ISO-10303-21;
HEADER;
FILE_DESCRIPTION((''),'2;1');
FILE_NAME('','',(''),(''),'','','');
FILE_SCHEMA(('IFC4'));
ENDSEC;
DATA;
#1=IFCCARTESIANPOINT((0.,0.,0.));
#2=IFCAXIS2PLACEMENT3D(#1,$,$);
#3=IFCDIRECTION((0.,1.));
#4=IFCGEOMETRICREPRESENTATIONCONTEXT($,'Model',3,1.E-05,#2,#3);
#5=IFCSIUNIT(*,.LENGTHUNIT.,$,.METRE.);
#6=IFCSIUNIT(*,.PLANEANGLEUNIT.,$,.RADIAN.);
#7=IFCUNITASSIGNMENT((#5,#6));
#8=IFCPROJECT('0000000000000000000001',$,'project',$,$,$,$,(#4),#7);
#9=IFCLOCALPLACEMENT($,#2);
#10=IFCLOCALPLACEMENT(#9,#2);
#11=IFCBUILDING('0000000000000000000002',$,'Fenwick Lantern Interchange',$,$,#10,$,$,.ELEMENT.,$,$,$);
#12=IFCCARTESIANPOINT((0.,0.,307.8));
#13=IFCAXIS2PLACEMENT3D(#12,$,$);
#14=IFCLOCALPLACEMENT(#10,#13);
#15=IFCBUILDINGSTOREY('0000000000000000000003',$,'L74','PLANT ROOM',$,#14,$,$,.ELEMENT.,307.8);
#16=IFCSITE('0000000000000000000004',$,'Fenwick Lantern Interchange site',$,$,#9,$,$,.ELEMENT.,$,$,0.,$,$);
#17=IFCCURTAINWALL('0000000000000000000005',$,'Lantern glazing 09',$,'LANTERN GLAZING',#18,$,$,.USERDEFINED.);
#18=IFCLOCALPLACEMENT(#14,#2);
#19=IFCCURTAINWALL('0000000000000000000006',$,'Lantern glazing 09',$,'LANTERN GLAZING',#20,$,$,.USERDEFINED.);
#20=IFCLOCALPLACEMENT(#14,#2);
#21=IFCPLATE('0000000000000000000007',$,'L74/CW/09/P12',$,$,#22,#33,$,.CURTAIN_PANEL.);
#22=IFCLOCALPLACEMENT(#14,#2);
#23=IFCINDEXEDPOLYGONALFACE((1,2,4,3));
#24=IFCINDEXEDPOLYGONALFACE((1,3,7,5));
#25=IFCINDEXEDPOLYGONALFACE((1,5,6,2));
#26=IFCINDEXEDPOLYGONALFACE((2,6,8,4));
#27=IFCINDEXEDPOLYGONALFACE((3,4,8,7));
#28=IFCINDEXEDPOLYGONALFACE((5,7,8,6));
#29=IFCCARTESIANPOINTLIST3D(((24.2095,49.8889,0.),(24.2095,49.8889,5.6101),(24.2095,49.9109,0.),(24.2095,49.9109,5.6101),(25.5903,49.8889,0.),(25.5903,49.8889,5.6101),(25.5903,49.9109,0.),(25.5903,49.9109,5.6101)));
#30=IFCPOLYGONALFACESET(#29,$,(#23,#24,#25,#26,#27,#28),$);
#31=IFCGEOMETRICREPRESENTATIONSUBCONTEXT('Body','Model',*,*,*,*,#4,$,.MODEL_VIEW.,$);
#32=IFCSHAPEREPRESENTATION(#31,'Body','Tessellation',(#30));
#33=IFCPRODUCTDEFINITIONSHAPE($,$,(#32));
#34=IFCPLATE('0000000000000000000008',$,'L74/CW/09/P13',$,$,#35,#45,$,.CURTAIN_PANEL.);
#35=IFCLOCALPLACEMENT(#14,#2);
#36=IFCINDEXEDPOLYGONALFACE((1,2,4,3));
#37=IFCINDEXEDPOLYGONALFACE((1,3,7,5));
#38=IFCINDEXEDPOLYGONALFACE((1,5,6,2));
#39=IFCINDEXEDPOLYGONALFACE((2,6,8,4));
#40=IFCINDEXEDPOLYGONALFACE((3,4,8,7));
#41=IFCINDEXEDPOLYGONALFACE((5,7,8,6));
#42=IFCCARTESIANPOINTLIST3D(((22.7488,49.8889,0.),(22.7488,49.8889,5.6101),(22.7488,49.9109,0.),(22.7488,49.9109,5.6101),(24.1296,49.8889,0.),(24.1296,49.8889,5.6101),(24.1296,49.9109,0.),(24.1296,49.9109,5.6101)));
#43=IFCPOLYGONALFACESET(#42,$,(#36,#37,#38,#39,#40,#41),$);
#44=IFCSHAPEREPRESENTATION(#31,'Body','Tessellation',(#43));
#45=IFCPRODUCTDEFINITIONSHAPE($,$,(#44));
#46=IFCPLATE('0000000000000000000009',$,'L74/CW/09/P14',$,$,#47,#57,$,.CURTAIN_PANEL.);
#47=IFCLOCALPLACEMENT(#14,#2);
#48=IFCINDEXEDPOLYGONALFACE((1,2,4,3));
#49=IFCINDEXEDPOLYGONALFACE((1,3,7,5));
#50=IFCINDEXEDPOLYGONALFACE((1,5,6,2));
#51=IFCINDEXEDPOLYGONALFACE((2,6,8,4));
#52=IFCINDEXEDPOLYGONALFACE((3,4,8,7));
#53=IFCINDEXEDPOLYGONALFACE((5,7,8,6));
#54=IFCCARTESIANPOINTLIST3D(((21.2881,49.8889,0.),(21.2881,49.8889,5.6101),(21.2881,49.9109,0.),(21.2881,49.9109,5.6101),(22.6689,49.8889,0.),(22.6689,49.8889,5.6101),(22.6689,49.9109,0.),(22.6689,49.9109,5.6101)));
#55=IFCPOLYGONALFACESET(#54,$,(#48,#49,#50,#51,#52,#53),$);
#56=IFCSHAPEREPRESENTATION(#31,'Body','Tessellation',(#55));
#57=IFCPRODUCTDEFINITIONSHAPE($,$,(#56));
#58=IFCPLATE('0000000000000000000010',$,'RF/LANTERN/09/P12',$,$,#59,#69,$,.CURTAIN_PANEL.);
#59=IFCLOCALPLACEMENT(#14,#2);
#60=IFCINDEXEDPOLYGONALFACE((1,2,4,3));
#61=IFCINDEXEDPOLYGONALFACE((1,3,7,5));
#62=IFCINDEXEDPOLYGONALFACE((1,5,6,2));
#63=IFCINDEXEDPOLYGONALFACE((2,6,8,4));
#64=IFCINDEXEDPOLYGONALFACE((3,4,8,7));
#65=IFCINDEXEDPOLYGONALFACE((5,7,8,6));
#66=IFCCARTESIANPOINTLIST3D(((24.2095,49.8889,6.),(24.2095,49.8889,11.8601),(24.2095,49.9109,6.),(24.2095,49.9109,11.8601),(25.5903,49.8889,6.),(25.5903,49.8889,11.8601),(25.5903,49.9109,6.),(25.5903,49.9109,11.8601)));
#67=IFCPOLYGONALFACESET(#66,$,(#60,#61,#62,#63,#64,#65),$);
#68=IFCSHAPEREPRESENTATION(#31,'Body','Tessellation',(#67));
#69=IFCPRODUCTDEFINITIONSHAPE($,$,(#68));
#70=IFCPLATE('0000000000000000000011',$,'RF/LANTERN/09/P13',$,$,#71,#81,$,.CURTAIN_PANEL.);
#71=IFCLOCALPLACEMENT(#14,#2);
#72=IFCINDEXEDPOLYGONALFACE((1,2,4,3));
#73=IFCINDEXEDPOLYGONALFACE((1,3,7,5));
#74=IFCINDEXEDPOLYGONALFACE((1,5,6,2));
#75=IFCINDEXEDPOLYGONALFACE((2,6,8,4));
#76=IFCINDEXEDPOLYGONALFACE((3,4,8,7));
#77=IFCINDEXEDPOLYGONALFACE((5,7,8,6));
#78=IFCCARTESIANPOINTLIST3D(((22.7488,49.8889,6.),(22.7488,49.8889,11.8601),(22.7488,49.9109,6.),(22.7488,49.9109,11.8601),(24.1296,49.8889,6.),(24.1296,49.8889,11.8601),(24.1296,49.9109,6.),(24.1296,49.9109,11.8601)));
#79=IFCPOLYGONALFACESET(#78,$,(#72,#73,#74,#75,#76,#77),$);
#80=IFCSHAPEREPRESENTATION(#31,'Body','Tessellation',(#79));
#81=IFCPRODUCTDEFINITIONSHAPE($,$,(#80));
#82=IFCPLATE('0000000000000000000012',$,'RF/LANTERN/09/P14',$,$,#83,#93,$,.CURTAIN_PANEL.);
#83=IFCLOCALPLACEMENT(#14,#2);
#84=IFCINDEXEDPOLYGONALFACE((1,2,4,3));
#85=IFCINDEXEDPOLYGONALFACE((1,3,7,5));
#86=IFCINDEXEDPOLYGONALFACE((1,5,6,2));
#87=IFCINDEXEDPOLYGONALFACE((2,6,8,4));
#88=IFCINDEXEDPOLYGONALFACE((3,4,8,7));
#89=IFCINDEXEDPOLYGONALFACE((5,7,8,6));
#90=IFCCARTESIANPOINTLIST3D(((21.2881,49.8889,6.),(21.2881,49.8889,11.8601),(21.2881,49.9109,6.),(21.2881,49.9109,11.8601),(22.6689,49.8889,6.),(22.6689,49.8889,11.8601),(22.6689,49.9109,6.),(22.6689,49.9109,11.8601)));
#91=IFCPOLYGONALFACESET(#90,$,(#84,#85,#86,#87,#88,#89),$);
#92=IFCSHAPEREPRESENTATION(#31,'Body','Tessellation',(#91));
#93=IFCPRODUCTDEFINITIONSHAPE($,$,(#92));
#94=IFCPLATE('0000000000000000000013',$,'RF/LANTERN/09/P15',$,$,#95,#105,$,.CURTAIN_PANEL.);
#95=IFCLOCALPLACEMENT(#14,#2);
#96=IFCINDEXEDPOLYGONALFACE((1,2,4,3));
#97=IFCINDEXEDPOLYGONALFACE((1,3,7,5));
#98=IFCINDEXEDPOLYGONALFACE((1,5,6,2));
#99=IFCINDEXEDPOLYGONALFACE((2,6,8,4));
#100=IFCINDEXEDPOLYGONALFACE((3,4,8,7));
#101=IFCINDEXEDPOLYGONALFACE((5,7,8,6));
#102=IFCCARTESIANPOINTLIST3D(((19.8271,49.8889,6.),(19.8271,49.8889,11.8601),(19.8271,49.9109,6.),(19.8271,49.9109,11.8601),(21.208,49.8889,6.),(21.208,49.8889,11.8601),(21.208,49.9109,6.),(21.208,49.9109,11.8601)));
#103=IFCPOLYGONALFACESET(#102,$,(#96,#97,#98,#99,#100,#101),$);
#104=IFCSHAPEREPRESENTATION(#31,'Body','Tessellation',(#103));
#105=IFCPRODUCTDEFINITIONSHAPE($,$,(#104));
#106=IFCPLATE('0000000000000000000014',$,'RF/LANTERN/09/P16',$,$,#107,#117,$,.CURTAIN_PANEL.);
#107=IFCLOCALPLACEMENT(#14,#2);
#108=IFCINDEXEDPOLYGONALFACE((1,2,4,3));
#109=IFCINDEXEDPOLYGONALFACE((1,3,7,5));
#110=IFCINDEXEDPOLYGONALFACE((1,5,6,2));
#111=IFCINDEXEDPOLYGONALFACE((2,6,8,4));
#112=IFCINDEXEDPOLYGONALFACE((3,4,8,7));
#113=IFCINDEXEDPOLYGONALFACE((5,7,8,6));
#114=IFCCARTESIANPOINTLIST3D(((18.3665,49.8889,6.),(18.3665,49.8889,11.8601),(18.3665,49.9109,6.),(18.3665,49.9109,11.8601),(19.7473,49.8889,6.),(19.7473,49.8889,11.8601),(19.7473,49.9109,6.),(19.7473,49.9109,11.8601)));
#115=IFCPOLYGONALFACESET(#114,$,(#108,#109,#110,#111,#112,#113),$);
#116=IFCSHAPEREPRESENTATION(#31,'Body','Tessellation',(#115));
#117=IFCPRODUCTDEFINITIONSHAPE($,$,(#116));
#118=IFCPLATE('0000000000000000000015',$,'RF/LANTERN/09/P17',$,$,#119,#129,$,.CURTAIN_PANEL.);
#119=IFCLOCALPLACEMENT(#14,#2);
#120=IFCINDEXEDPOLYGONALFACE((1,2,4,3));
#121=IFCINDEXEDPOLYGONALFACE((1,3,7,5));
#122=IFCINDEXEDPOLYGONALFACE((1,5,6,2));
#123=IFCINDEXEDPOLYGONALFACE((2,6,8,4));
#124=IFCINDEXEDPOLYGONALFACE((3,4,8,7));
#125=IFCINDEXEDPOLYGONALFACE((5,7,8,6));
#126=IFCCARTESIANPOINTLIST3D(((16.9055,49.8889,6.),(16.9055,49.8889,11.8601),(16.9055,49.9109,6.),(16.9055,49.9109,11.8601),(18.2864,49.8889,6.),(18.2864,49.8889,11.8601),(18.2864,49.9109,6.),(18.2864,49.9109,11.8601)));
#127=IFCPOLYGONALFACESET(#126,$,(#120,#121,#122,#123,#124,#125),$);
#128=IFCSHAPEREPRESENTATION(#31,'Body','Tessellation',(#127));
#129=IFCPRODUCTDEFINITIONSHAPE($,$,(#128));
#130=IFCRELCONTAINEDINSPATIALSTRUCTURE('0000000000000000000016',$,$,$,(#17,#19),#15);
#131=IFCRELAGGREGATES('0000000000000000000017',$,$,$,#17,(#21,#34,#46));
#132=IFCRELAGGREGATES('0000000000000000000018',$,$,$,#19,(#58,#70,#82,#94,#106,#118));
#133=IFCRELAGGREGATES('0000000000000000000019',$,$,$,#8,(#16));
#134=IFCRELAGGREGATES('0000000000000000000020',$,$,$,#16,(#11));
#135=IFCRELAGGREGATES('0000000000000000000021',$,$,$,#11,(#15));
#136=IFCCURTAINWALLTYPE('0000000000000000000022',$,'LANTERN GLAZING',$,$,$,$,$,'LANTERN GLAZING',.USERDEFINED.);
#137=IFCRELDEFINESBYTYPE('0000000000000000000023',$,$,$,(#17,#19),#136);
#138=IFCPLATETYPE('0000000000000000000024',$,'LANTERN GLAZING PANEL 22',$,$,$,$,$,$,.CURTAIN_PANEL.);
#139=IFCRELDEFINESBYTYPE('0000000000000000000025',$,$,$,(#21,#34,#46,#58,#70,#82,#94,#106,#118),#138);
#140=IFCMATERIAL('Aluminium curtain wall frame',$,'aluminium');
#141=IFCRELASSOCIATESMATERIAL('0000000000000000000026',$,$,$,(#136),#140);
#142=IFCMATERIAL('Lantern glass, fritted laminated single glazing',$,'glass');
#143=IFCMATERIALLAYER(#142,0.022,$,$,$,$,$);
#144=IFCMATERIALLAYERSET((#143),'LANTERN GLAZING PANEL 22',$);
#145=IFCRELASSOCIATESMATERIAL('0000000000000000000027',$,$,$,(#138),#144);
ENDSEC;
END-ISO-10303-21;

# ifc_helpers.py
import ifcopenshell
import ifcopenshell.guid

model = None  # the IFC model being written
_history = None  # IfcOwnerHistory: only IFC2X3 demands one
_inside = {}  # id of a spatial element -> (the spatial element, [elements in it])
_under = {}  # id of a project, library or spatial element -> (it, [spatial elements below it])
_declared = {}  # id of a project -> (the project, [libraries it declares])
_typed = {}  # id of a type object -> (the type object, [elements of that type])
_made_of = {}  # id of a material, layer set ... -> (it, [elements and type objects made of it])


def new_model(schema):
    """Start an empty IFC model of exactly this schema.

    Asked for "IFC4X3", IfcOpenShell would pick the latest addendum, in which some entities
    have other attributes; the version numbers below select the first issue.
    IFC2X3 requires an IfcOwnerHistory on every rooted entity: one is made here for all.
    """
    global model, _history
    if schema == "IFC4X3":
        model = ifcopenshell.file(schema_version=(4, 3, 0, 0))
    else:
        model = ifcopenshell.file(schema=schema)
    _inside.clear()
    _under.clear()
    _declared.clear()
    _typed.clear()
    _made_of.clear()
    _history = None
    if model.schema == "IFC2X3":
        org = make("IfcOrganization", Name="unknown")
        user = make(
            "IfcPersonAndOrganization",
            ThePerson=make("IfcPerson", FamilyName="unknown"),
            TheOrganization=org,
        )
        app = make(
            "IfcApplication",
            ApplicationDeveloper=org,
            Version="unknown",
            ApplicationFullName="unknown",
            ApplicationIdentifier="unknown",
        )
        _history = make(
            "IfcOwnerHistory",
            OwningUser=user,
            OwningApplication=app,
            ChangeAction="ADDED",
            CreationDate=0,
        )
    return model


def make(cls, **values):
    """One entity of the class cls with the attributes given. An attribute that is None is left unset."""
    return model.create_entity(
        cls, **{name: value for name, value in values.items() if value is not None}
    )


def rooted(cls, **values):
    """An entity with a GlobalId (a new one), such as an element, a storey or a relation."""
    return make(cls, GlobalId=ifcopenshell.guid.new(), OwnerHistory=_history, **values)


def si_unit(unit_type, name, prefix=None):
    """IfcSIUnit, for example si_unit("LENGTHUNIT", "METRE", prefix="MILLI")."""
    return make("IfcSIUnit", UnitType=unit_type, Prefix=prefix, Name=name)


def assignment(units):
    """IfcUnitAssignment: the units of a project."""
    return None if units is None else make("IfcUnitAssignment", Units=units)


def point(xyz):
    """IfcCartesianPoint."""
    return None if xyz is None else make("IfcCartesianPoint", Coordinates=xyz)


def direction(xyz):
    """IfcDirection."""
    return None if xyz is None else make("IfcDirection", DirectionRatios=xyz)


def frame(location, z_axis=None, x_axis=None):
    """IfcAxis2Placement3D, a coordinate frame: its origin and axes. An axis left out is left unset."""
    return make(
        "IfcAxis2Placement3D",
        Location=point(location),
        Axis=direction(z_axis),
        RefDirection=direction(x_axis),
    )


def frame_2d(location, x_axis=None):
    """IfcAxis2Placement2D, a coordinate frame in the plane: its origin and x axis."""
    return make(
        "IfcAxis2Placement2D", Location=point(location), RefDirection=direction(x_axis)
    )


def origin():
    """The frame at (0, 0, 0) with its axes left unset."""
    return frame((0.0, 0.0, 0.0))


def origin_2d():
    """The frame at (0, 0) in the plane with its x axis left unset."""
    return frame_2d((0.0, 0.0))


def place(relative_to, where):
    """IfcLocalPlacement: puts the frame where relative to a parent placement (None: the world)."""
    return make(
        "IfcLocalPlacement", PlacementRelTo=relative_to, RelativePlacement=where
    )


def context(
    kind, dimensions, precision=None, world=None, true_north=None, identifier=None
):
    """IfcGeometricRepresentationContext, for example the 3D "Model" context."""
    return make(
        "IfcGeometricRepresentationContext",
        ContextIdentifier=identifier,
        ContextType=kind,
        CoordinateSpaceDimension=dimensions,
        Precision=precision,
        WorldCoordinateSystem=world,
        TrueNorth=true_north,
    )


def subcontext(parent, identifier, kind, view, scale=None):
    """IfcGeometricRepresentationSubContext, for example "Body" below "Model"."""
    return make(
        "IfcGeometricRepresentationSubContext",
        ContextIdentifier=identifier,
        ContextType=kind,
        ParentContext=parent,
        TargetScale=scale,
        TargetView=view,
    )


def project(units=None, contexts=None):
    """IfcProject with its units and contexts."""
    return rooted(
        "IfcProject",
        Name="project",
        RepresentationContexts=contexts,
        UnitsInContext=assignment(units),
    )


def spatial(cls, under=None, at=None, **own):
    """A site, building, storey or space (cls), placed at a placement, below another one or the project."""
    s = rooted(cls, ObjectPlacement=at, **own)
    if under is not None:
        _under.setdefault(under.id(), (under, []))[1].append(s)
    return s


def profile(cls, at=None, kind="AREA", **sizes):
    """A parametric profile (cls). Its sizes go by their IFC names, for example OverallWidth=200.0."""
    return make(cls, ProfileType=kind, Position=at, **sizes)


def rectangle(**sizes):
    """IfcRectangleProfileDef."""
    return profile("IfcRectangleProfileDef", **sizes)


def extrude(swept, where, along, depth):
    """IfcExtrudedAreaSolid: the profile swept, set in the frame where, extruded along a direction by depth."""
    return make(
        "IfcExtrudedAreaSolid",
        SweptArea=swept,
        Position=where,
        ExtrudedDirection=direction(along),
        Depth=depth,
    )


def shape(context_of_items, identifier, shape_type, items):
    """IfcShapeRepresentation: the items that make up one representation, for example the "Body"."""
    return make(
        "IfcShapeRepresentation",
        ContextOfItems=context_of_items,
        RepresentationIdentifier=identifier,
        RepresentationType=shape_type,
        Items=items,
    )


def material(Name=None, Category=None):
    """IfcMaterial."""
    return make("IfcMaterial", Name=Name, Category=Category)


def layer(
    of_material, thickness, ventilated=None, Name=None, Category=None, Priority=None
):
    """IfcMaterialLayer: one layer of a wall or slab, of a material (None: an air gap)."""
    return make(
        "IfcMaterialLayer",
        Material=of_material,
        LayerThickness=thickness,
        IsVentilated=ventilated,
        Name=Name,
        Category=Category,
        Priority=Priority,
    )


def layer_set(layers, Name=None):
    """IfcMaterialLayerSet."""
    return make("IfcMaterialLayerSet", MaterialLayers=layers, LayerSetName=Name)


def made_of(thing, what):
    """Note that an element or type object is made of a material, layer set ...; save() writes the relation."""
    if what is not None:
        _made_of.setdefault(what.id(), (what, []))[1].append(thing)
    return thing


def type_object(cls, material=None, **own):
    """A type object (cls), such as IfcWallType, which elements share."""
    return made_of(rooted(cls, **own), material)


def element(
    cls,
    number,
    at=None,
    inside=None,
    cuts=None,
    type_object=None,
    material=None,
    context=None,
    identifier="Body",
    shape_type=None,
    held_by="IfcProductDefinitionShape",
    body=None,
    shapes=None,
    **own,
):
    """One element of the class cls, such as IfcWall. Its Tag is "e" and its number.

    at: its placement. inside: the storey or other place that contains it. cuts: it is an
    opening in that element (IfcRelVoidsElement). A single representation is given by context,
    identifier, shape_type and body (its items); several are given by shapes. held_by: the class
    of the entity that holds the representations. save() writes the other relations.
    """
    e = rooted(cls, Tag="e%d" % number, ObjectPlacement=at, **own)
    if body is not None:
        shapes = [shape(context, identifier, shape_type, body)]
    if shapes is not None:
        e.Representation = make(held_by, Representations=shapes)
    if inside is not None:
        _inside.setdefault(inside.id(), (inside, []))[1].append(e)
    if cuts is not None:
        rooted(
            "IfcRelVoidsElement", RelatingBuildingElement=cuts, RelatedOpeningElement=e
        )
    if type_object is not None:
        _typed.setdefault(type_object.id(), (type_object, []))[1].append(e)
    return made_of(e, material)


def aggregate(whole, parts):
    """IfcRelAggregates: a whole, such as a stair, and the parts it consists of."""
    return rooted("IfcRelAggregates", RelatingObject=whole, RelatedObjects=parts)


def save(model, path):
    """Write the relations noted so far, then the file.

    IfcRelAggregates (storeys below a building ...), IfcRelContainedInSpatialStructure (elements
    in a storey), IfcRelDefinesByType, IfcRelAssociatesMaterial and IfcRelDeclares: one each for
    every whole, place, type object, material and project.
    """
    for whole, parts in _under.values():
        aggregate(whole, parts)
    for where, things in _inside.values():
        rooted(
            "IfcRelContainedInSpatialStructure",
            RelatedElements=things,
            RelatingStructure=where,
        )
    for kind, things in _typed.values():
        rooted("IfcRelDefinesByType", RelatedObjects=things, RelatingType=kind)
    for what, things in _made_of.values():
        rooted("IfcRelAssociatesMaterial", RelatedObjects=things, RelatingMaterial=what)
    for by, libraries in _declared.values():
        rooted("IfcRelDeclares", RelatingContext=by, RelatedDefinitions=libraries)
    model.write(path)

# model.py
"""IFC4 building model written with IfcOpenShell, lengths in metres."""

from ifc_helpers import new_model, si_unit, direction, frame, origin, origin_2d, place, context, subcontext, project, spatial, rectangle, extrude, material, layer, layer_set, type_object, element, aggregate, save


model = new_model("IFC4")

# Units and contexts
model_context = context("Model", 3, precision=1e-05, world=origin(), true_north=direction((0.0, 1.0)))
body_context = subcontext(model_context, "Body", "Model", "MODEL_VIEW")
ifc_project = project(units=[si_unit("LENGTHUNIT", "METRE"), si_unit("PLANEANGLEUNIT", "RADIAN")], contexts=[model_context])

# Site, building, storey
site_placement = place(None, origin())
site = spatial("IfcSite", under=ifc_project, at=site_placement, Name="Fenwick Lantern Interchange site", CompositionType="ELEMENT", RefElevation=0.0)
building_placement = place(site_placement, origin())
building = spatial("IfcBuilding", under=site, at=building_placement, Name="Fenwick Lantern Interchange", CompositionType="ELEMENT")
storey_placement = place(building_placement, frame((0.0, 0.0, 307.8)))
storey = spatial("IfcBuildingStorey", under=building, at=storey_placement, Name="L74", Description="PLANT ROOM", CompositionType="ELEMENT", Elevation=307.8)

# Curtain walls
ifc_material_1 = material(Name="Aluminium curtain wall frame", Category="aluminium")
curtain_wall_type = type_object("IfcCurtainWallType", Name="LANTERN GLAZING", ElementType="LANTERN GLAZING", PredefinedType="USERDEFINED", material=ifc_material_1)
curtain_wall_1_placement = place(storey_placement, origin())
curtain_wall_1 = element("IfcCurtainWall", 1, at=curtain_wall_1_placement, inside=storey, type_object=curtain_wall_type, Name="Lantern glazing 09", ObjectType="LANTERN GLAZING", PredefinedType="USERDEFINED")
curtain_wall_2_placement = place(storey_placement, origin())
curtain_wall_2 = element("IfcCurtainWall", 2, at=curtain_wall_2_placement, inside=storey, type_object=curtain_wall_type, Name="Lantern glazing 09", ObjectType="LANTERN GLAZING", PredefinedType="USERDEFINED")

# Plates
ifc_material_2 = material(Name="Lantern glass, fritted laminated single glazing", Category="glass")
ifc_layer = layer(ifc_material_2, 0.022)
ifc_layer_set = layer_set([ifc_layer], Name="LANTERN GLAZING PANEL 22")
plate_type = type_object("IfcPlateType", Name="LANTERN GLAZING PANEL 22", PredefinedType="CURTAIN_PANEL", material=ifc_layer_set)
plate_1_placement = place(storey_placement, frame((24.8999, 49.8999, 0.0), z_axis=(0.0, 0.0, 1.0), x_axis=(-1.0, 0.0, 0.0)))
plate_1 = element("IfcPlate", 3, at=plate_1_placement, type_object=plate_type, Name="L74/CW/09/P12", PredefinedType="CURTAIN_PANEL", context=body_context, shape_type="SweptSolid", body=[
    extrude(rectangle(XDim=1.3809, YDim=0.022, at=origin_2d()), origin(), (0.0, 0.0, 1.0), 5.6101),
])
plate_2_placement = place(storey_placement, frame((23.4392, 49.8999, 0.0), z_axis=(0.0, 0.0, 1.0), x_axis=(-1.0, 0.0, 0.0)))
plate_2 = element("IfcPlate", 4, at=plate_2_placement, type_object=plate_type, Name="L74/CW/09/P13", PredefinedType="CURTAIN_PANEL", context=body_context, shape_type="SweptSolid", body=[
    extrude(rectangle(XDim=1.3809, YDim=0.022, at=origin_2d()), origin(), (0.0, 0.0, 1.0), 5.6101),
])
plate_3_placement = place(storey_placement, frame((21.9785, 49.8999, 0.0), z_axis=(0.0, 0.0, 1.0), x_axis=(-1.0, 0.0, 0.0)))
plate_3 = element("IfcPlate", 5, at=plate_3_placement, type_object=plate_type, Name="L74/CW/09/P14", PredefinedType="CURTAIN_PANEL", context=body_context, shape_type="SweptSolid", body=[
    extrude(rectangle(XDim=1.3809, YDim=0.022, at=origin_2d()), origin(), (0.0, 0.0, 1.0), 5.6101),
])
aggregate(curtain_wall_1, [plate_1, plate_2, plate_3])
plate_4_placement = place(storey_placement, frame((24.8999, 49.8999, 6.0), z_axis=(0.0, 0.0, 1.0), x_axis=(-1.0, 0.0, 0.0)))
plate_4 = element("IfcPlate", 6, at=plate_4_placement, type_object=plate_type, Name="RF/LANTERN/09/P12", PredefinedType="CURTAIN_PANEL", context=body_context, shape_type="SweptSolid", body=[
    extrude(rectangle(XDim=1.3809, YDim=0.022, at=origin_2d()), origin(), (0.0, 0.0, 1.0), 5.8601),
])
plate_5_placement = place(storey_placement, frame((23.4392, 49.8999, 6.0), z_axis=(0.0, 0.0, 1.0), x_axis=(-1.0, 0.0, 0.0)))
plate_5 = element("IfcPlate", 7, at=plate_5_placement, type_object=plate_type, Name="RF/LANTERN/09/P13", PredefinedType="CURTAIN_PANEL", context=body_context, shape_type="SweptSolid", body=[
    extrude(rectangle(XDim=1.3809, YDim=0.022, at=origin_2d()), origin(), (0.0, 0.0, 1.0), 5.8601),
])
plate_6_placement = place(storey_placement, frame((21.9785, 49.8999, 6.0), z_axis=(0.0, 0.0, 1.0), x_axis=(-1.0, 0.0, 0.0)))
plate_6 = element("IfcPlate", 8, at=plate_6_placement, type_object=plate_type, Name="RF/LANTERN/09/P14", PredefinedType="CURTAIN_PANEL", context=body_context, shape_type="SweptSolid", body=[
    extrude(rectangle(XDim=1.3809, YDim=0.022, at=origin_2d()), origin(), (0.0, 0.0, 1.0), 5.8601),
])
plate_7_placement = place(storey_placement, frame((20.5176, 49.8999, 6.0), z_axis=(0.0, 0.0, 1.0), x_axis=(-1.0, 0.0, 0.0)))
plate_7 = element("IfcPlate", 9, at=plate_7_placement, type_object=plate_type, Name="RF/LANTERN/09/P15", PredefinedType="CURTAIN_PANEL", context=body_context, shape_type="SweptSolid", body=[
    extrude(rectangle(XDim=1.3809, YDim=0.022, at=origin_2d()), origin(), (0.0, 0.0, 1.0), 5.8601),
])
plate_8_placement = place(storey_placement, frame((19.0569, 49.8999, 6.0), z_axis=(0.0, 0.0, 1.0), x_axis=(-1.0, 0.0, 0.0)))
plate_8 = element("IfcPlate", 10, at=plate_8_placement, type_object=plate_type, Name="RF/LANTERN/09/P16", PredefinedType="CURTAIN_PANEL", context=body_context, shape_type="SweptSolid", body=[
    extrude(rectangle(XDim=1.3809, YDim=0.022, at=origin_2d()), origin(), (0.0, 0.0, 1.0), 5.8601),
])
plate_9_placement = place(storey_placement, frame((17.5959, 49.8999, 6.0), z_axis=(0.0, 0.0, 1.0), x_axis=(-1.0, 0.0, 0.0)))
plate_9 = element("IfcPlate", 11, at=plate_9_placement, type_object=plate_type, Name="RF/LANTERN/09/P17", PredefinedType="CURTAIN_PANEL", context=body_context, shape_type="SweptSolid", body=[
    extrude(rectangle(XDim=1.3809, YDim=0.022, at=origin_2d()), origin(), (0.0, 0.0, 1.0), 5.8601),
])
aggregate(curtain_wall_2, [plate_4, plate_5, plate_6, plate_7, plate_8, plate_9])

save(model, "model.ifc")
